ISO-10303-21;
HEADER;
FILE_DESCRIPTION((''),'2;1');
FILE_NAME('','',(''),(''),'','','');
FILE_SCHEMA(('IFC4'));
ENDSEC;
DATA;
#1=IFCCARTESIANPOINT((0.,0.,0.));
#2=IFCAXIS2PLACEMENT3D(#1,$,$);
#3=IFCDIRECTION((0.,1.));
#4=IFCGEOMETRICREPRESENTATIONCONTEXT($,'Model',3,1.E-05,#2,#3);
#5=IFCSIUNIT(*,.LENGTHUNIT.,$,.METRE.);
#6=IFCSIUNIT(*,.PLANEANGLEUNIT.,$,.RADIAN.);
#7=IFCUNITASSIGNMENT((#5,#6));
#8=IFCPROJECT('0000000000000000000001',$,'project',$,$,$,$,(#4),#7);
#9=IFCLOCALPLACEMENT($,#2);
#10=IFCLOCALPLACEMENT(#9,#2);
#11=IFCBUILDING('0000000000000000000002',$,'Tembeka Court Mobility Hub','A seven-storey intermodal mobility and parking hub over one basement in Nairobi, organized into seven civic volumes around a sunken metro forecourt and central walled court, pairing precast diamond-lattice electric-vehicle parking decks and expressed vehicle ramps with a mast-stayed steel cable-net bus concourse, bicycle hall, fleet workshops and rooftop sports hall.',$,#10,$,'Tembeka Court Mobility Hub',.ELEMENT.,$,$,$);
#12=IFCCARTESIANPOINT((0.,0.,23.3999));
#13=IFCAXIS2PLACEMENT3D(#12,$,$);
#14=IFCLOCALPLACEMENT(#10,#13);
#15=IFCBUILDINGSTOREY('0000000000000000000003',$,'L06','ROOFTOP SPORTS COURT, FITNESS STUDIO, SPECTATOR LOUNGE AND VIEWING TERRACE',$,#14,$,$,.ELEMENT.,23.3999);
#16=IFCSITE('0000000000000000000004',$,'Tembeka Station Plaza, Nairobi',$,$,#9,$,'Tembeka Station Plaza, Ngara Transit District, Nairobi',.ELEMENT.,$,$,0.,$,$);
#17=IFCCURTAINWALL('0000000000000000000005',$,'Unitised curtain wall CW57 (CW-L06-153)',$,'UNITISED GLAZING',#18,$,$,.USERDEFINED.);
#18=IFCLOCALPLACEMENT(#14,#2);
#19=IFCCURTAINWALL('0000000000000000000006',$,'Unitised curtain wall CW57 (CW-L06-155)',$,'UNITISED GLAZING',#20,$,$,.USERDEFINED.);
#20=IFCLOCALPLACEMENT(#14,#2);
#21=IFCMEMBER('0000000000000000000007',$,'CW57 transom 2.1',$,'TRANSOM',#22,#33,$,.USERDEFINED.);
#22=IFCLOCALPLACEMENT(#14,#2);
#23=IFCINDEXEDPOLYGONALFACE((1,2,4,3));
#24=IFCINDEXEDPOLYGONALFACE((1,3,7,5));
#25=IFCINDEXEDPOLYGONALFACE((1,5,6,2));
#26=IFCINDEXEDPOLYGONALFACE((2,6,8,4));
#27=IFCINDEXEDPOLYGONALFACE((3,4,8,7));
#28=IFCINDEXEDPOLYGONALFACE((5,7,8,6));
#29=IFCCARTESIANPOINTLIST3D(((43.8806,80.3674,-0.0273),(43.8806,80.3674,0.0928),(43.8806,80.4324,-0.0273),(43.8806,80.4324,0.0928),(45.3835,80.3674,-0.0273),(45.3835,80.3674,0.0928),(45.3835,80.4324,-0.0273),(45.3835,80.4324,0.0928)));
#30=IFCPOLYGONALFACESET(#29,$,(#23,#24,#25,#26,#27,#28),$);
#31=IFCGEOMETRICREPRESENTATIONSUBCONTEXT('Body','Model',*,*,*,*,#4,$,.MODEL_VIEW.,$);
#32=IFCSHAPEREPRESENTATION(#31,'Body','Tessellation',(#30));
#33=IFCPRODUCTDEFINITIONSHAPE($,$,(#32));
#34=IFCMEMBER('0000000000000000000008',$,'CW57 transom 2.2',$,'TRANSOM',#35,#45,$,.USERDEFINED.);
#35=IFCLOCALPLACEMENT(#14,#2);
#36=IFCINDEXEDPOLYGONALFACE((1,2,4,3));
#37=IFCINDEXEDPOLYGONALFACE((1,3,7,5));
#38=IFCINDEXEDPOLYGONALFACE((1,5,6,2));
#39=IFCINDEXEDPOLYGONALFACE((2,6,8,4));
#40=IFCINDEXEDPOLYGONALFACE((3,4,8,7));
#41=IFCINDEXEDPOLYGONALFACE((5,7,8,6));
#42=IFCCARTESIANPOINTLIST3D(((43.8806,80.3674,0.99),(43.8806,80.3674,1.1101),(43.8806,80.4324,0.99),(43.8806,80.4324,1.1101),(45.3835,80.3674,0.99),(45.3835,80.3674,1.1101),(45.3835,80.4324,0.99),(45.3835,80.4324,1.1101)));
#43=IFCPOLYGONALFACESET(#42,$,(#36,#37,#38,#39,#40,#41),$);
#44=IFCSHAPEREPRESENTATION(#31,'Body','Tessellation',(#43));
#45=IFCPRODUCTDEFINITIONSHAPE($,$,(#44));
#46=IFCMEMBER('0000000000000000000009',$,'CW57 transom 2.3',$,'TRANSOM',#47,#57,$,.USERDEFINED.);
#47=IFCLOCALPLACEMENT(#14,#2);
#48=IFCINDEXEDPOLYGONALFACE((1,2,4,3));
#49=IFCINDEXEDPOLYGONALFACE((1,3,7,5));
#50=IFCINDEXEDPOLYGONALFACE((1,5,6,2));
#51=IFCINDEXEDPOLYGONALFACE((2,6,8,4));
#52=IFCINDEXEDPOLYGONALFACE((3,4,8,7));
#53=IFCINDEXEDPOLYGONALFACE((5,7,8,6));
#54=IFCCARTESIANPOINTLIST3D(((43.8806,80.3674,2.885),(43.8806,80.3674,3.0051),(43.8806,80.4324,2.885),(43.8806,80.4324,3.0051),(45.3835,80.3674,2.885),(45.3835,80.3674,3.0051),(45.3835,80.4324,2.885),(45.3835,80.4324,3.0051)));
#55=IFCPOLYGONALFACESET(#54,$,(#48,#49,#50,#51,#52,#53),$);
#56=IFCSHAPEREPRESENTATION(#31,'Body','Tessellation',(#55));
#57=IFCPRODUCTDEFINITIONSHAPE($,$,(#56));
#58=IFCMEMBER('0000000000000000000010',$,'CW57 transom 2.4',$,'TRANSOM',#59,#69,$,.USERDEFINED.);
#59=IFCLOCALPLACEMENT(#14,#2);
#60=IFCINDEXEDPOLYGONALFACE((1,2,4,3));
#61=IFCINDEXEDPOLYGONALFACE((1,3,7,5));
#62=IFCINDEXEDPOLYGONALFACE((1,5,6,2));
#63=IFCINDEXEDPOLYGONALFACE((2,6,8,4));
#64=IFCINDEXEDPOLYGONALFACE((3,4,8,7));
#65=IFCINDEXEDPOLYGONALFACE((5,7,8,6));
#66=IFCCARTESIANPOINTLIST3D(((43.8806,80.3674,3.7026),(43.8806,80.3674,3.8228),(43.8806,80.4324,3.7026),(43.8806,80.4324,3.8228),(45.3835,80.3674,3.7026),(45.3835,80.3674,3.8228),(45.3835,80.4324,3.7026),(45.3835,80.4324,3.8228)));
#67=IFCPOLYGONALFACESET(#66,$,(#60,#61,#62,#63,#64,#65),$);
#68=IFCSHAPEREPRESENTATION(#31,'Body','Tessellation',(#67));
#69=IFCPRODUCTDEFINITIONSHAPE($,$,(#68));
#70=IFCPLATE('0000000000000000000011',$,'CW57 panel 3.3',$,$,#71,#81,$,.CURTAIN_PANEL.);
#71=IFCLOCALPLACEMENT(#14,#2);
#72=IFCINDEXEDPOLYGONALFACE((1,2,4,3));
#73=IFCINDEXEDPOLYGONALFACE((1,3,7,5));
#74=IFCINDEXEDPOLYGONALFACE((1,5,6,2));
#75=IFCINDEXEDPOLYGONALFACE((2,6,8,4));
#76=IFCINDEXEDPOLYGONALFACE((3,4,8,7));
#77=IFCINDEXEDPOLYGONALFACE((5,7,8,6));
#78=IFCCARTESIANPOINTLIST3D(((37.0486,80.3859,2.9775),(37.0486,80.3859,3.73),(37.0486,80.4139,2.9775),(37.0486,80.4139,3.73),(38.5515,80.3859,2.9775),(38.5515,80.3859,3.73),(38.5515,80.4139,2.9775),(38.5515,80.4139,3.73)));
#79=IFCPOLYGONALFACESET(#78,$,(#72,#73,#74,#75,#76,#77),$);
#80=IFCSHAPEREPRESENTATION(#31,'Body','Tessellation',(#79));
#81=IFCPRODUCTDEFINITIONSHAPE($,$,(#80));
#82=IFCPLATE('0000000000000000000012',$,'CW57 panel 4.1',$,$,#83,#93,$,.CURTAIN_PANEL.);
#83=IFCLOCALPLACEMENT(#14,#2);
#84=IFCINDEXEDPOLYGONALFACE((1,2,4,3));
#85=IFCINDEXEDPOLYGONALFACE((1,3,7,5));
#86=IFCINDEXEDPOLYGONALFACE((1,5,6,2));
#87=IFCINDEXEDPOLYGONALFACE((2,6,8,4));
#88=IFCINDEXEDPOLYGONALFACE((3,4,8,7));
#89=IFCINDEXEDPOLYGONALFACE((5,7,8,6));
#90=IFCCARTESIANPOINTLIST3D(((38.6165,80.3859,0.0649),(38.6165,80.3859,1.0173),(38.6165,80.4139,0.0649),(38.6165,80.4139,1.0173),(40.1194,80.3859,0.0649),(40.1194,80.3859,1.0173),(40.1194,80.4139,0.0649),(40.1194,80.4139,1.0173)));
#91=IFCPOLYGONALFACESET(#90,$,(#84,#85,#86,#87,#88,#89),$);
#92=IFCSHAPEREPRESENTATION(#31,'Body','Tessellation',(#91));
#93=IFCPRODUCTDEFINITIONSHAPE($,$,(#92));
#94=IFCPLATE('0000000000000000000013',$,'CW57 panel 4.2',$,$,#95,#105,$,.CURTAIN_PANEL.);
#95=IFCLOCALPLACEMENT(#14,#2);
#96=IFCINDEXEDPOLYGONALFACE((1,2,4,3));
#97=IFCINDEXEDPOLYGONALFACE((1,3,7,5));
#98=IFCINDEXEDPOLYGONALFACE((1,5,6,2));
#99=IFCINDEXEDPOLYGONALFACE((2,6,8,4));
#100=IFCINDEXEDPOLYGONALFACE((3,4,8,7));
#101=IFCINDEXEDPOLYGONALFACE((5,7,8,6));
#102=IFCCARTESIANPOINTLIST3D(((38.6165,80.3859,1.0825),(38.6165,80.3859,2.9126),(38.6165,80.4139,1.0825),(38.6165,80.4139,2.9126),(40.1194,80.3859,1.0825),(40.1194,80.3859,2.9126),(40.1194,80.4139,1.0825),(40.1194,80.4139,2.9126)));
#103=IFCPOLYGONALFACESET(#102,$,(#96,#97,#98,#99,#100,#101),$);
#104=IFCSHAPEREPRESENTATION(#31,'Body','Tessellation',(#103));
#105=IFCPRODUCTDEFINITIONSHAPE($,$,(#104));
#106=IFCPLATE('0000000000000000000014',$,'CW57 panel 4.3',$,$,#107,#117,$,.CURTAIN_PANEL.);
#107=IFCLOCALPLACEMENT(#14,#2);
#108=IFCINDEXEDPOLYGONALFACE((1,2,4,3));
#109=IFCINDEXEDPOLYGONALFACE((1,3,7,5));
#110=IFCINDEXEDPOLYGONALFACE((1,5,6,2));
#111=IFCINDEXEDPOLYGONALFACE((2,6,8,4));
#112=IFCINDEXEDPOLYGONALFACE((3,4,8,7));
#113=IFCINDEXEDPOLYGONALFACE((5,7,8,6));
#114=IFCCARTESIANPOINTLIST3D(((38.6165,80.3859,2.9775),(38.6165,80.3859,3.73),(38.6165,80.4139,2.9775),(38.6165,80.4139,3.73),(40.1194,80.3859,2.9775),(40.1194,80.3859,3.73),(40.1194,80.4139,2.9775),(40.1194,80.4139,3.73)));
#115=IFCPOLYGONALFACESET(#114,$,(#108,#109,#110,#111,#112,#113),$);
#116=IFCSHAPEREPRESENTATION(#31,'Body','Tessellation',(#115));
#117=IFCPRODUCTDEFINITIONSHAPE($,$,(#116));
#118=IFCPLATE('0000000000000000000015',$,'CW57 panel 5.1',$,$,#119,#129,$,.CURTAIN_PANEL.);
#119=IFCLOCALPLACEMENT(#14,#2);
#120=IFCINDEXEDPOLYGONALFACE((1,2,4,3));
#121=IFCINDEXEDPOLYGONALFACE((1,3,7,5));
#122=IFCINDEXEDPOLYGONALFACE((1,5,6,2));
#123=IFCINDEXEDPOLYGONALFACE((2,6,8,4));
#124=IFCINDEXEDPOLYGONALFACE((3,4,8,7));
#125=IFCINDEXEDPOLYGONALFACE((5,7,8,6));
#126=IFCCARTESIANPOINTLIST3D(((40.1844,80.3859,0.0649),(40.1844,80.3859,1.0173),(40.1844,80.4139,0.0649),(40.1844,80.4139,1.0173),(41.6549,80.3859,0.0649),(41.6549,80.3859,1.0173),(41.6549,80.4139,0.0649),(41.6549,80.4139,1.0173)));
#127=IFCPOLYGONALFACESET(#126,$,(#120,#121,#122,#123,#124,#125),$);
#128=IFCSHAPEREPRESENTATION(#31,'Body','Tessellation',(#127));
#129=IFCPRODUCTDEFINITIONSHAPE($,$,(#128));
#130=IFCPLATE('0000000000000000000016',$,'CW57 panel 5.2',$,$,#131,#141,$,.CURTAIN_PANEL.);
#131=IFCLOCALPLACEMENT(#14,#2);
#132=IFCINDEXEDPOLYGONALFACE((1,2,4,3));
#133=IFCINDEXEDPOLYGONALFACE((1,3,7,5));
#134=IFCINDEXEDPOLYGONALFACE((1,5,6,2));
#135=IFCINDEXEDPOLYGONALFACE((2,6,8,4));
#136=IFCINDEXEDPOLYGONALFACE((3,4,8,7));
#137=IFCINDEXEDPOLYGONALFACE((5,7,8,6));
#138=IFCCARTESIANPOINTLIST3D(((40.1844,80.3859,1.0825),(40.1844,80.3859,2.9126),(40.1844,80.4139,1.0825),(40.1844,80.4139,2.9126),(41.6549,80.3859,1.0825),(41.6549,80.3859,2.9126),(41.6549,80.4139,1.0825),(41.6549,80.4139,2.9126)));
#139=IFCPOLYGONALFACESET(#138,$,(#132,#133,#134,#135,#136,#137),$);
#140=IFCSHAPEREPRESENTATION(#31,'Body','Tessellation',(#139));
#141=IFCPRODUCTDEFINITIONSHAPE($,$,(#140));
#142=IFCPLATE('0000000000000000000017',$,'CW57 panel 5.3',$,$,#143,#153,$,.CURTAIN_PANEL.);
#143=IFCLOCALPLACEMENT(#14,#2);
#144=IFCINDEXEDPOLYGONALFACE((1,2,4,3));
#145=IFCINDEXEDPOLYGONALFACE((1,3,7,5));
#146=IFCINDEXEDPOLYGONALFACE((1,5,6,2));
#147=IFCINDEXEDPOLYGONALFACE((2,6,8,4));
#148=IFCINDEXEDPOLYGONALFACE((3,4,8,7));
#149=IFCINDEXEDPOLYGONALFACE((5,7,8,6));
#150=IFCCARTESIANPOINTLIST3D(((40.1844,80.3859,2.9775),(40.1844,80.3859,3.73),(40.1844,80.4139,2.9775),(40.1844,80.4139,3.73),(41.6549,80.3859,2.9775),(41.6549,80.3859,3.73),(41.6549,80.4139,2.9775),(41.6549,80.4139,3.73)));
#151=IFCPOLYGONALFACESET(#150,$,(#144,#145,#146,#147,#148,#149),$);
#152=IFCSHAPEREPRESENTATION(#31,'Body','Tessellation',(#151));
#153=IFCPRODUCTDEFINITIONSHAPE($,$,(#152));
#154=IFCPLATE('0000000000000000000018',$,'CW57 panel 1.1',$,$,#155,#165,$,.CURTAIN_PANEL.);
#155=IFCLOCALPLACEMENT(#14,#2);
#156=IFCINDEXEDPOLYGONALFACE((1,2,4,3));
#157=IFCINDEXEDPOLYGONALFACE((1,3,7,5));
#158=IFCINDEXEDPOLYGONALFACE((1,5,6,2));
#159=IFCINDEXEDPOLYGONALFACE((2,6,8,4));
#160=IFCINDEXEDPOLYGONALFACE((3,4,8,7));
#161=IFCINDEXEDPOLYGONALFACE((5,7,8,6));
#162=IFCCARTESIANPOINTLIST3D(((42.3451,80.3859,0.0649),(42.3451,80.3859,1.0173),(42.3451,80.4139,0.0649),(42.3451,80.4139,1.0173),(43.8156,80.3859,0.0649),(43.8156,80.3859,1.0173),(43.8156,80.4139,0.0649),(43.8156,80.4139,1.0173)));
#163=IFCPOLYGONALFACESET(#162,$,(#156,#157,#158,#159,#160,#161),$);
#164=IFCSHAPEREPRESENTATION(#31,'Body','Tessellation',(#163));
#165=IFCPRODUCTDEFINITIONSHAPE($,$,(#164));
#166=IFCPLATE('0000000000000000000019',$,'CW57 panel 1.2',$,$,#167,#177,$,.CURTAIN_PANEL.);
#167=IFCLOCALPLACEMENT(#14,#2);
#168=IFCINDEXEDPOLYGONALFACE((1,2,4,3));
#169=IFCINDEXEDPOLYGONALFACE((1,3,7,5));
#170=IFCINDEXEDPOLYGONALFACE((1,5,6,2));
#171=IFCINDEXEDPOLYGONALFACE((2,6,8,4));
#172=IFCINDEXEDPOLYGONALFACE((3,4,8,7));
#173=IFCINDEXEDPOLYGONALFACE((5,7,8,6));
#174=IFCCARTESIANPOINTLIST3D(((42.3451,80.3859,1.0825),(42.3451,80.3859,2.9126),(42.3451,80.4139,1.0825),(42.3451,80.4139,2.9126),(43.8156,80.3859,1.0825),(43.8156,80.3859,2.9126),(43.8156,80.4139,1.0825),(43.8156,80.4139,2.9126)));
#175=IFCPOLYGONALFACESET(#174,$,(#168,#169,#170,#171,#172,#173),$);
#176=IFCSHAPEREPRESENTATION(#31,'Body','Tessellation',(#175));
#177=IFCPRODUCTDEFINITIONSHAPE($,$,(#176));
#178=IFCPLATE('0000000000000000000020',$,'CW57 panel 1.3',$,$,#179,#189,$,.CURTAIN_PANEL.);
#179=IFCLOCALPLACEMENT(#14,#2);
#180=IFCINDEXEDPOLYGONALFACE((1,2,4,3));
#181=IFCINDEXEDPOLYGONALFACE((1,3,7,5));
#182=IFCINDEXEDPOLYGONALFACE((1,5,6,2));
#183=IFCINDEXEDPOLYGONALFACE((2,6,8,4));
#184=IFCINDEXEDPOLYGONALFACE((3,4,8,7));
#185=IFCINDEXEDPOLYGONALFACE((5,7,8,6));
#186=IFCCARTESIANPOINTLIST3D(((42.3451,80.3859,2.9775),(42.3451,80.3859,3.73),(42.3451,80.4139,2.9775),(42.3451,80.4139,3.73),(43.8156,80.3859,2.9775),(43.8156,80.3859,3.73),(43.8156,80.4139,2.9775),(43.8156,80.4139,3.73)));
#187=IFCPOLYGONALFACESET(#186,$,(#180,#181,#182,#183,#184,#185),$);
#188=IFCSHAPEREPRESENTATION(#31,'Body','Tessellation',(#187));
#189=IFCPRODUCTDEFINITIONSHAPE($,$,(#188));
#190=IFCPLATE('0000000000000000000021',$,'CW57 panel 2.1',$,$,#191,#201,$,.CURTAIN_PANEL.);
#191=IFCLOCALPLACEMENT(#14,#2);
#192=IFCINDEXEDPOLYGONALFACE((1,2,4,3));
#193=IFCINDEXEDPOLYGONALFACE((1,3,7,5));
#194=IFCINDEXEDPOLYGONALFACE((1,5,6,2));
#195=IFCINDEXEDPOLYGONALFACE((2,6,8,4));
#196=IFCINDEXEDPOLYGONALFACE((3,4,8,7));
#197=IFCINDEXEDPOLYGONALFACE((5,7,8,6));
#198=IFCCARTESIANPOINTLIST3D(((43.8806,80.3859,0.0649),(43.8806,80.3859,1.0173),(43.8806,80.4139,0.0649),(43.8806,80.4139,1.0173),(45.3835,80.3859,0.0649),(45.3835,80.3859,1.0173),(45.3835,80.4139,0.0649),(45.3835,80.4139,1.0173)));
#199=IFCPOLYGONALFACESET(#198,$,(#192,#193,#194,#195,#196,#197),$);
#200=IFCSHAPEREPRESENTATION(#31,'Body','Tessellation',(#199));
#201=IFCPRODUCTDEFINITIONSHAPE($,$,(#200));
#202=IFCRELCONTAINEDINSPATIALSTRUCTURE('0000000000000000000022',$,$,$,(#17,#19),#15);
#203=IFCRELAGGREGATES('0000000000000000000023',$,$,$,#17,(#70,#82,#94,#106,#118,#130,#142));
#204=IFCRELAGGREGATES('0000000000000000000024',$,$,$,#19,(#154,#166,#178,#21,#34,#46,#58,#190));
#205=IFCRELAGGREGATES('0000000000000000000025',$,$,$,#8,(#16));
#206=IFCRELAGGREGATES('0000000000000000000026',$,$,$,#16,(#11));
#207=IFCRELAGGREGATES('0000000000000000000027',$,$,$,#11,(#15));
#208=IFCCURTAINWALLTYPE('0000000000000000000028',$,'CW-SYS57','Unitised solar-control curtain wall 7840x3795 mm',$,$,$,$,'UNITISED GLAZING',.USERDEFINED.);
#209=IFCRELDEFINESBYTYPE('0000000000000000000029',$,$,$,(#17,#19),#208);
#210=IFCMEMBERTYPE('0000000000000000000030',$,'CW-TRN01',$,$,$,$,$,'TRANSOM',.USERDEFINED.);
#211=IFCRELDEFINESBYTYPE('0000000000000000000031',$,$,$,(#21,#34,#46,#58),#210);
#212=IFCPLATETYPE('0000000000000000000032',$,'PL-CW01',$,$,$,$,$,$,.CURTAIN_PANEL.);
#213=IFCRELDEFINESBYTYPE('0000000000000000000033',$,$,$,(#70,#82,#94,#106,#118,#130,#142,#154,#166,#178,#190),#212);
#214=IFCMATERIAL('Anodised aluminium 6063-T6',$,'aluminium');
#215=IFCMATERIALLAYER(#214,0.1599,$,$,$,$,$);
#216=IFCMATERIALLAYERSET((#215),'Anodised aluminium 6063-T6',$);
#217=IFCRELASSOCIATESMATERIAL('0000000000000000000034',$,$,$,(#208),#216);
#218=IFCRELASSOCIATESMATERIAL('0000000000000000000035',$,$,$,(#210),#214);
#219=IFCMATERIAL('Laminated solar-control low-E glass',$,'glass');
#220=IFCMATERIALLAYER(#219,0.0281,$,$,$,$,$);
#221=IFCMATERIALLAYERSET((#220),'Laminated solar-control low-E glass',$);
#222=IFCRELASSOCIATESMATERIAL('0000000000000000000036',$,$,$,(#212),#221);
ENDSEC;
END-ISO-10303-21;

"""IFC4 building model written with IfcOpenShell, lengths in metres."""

from ifc_helpers import new_model, si_unit, direction, frame, origin, origin_2d, place, context, subcontext, project, spatial, rectangle, extrude, material, layer, layer_set, material_profile, profile_set, type_object, element, aggregate, save


model = new_model("IFC4")

# Units and contexts
model_context = context("Model", 3, precision=1e-05, world=origin(), true_north=direction((0.0, 1.0)))
body_context = subcontext(model_context, "Body", "Model", "MODEL_VIEW")
ifc_project = project(units=[si_unit("LENGTHUNIT", "METRE"), si_unit("PLANEANGLEUNIT", "RADIAN")], contexts=[model_context])

# Site, building, storey
site_placement = place(None, origin())
site = spatial("IfcSite", under=ifc_project, at=site_placement, Name="Tembeka Station Plaza, Nairobi", LongName="Tembeka Station Plaza, Ngara Transit District, Nairobi", CompositionType="ELEMENT", RefElevation=0.0)
building_placement = place(site_placement, origin())
building = spatial("IfcBuilding", under=site, at=building_placement, Name="Tembeka Court Mobility Hub", Description="A seven-storey intermodal mobility and parking hub over one basement in Nairobi, organized into seven civic volumes around a sunken metro forecourt and central walled court, pairing precast diamond-lattice electric-vehicle parking decks and expressed vehicle ramps with a mast-stayed steel cable-net bus concourse, bicycle hall, fleet workshops and rooftop sports hall.", LongName="Tembeka Court Mobility Hub", CompositionType="ELEMENT")
storey_placement = place(building_placement, frame((0.0, 0.0, 23.3999)))
storey = spatial("IfcBuildingStorey", under=building, at=storey_placement, Name="L06", Description="ROOFTOP SPORTS COURT, FITNESS STUDIO, SPECTATOR LOUNGE AND VIEWING TERRACE", CompositionType="ELEMENT", Elevation=23.3999)

# Curtain walls
ifc_material_1 = material(Name="Anodised aluminium 6063-T6", Category="aluminium")
ifc_layer_1 = layer(ifc_material_1, 0.1599)
ifc_layer_set_1 = layer_set([ifc_layer_1], Name="Anodised aluminium 6063-T6")
curtain_wall_type = type_object("IfcCurtainWallType", Name="CW-SYS57", Description="Unitised solar-control curtain wall 7840x3795 mm", ElementType="UNITISED GLAZING", PredefinedType="USERDEFINED", material=ifc_layer_set_1)
curtain_wall_1_placement = place(storey_placement, origin())
curtain_wall_1 = element("IfcCurtainWall", 1, at=curtain_wall_1_placement, inside=storey, type_object=curtain_wall_type, Name="Unitised curtain wall CW57 (CW-L06-153)", ObjectType="UNITISED GLAZING", PredefinedType="USERDEFINED")
curtain_wall_2_placement = place(storey_placement, origin())
curtain_wall_2 = element("IfcCurtainWall", 2, at=curtain_wall_2_placement, inside=storey, type_object=curtain_wall_type, Name="Unitised curtain wall CW57 (CW-L06-155)", ObjectType="UNITISED GLAZING", PredefinedType="USERDEFINED")

# Members
ifc_material_profile_1 = material_profile(ifc_material_1, rectangle(XDim=0.0649, YDim=0.1201, at=origin_2d()), Name="ALU-TRN 65x120")
ifc_profile_set_1 = profile_set([ifc_material_profile_1], Name="Anodised aluminium 6063-T6")
member_type_1 = type_object("IfcMemberType", Name="CW-TRN01", ElementType="TRANSOM", PredefinedType="USERDEFINED", material=ifc_profile_set_1)
member_1_placement = place(storey_placement, frame((43.8806, 80.3999, 0.0327), z_axis=(1.0, 0.0, 0.0), x_axis=(0.0, 1.0, 0.0)))
member_1 = element("IfcMember", 3, at=member_1_placement, type_object=member_type_1, Name="CW57 transom 2.1", ObjectType="TRANSOM", PredefinedType="USERDEFINED", context=body_context, shape_type="SweptSolid", body=[
    extrude(rectangle(XDim=0.0649, YDim=0.1201, at=origin_2d()), origin(), (0.0, 0.0, 1.0), 1.5029),
])
member_2_placement = place(storey_placement, frame((43.8806, 80.3999, 1.05), z_axis=(1.0, 0.0, 0.0), x_axis=(0.0, 1.0, 0.0)))
member_2 = element("IfcMember", 4, at=member_2_placement, type_object=member_type_1, Name="CW57 transom 2.2", ObjectType="TRANSOM", PredefinedType="USERDEFINED", context=body_context, shape_type="SweptSolid", body=[
    extrude(rectangle(XDim=0.0649, YDim=0.1201, at=origin_2d()), origin(), (0.0, 0.0, 1.0), 1.5029),
])
member_3_placement = place(storey_placement, frame((43.8806, 80.3999, 2.9451), z_axis=(1.0, 0.0, 0.0), x_axis=(0.0, 1.0, 0.0)))
member_3 = element("IfcMember", 5, at=member_3_placement, type_object=member_type_1, Name="CW57 transom 2.3", ObjectType="TRANSOM", PredefinedType="USERDEFINED", context=body_context, shape_type="SweptSolid", body=[
    extrude(rectangle(XDim=0.0649, YDim=0.1201, at=origin_2d()), origin(), (0.0, 0.0, 1.0), 1.5029),
])
member_4_placement = place(storey_placement, frame((43.8806, 80.3999, 3.7627), z_axis=(1.0, 0.0, 0.0), x_axis=(0.0, 1.0, 0.0)))
member_4 = element("IfcMember", 6, at=member_4_placement, type_object=member_type_1, Name="CW57 transom 2.4", ObjectType="TRANSOM", PredefinedType="USERDEFINED", context=body_context, shape_type="SweptSolid", body=[
    extrude(rectangle(XDim=0.0649, YDim=0.1201, at=origin_2d()), origin(), (0.0, 0.0, 1.0), 1.5029),
])

# Plates
ifc_material_2 = material(Name="Laminated solar-control low-E glass", Category="glass")
ifc_layer_2 = layer(ifc_material_2, 0.0281)
ifc_layer_set_2 = layer_set([ifc_layer_2], Name="Laminated solar-control low-E glass")
plate_type = type_object("IfcPlateType", Name="PL-CW01", PredefinedType="CURTAIN_PANEL", material=ifc_layer_set_2)
plate_1_placement = place(storey_placement, frame((37.8, 80.3999, 2.9775), z_axis=(0.0, 0.0, 1.0), x_axis=(1.0, 0.0, 0.0)))
plate_1 = element("IfcPlate", 7, at=plate_1_placement, type_object=plate_type, Name="CW57 panel 3.3", PredefinedType="CURTAIN_PANEL", context=body_context, shape_type="SweptSolid", body=[
    extrude(rectangle(XDim=1.5029, YDim=0.0281, at=origin_2d()), origin(), (0.0, 0.0, 1.0), 0.7524),
])
plate_2_placement = place(storey_placement, frame((39.3679, 80.3999, 0.0649), z_axis=(0.0, 0.0, 1.0), x_axis=(1.0, 0.0, 0.0)))
plate_2 = element("IfcPlate", 8, at=plate_2_placement, type_object=plate_type, Name="CW57 panel 4.1", PredefinedType="CURTAIN_PANEL", context=body_context, shape_type="SweptSolid", body=[
    extrude(rectangle(XDim=1.5029, YDim=0.0281, at=origin_2d()), origin(), (0.0, 0.0, 1.0), 0.9524),
])
plate_3_placement = place(storey_placement, frame((39.3679, 80.3999, 1.0825), z_axis=(0.0, 0.0, 1.0), x_axis=(1.0, 0.0, 0.0)))
plate_3 = element("IfcPlate", 9, at=plate_3_placement, type_object=plate_type, Name="CW57 panel 4.2", PredefinedType="CURTAIN_PANEL", context=body_context, shape_type="SweptSolid", body=[
    extrude(rectangle(XDim=1.5029, YDim=0.0281, at=origin_2d()), origin(), (0.0, 0.0, 1.0), 1.8301),
])
plate_4_placement = place(storey_placement, frame((39.3679, 80.3999, 2.9775), z_axis=(0.0, 0.0, 1.0), x_axis=(1.0, 0.0, 0.0)))
plate_4 = element("IfcPlate", 10, at=plate_4_placement, type_object=plate_type, Name="CW57 panel 4.3", PredefinedType="CURTAIN_PANEL", context=body_context, shape_type="SweptSolid", body=[
    extrude(rectangle(XDim=1.5029, YDim=0.0281, at=origin_2d()), origin(), (0.0, 0.0, 1.0), 0.7524),
])
plate_5_placement = place(storey_placement, frame((40.9197, 80.3999, 0.0649), z_axis=(0.0, 0.0, 1.0), x_axis=(1.0, 0.0, 0.0)))
plate_5 = element("IfcPlate", 11, at=plate_5_placement, type_object=plate_type, Name="CW57 panel 5.1", PredefinedType="CURTAIN_PANEL", context=body_context, shape_type="SweptSolid", body=[
    extrude(rectangle(XDim=1.4705, YDim=0.0281, at=origin_2d()), origin(), (0.0, 0.0, 1.0), 0.9524),
])
plate_6_placement = place(storey_placement, frame((40.9197, 80.3999, 1.0825), z_axis=(0.0, 0.0, 1.0), x_axis=(1.0, 0.0, 0.0)))
plate_6 = element("IfcPlate", 12, at=plate_6_placement, type_object=plate_type, Name="CW57 panel 5.2", PredefinedType="CURTAIN_PANEL", context=body_context, shape_type="SweptSolid", body=[
    extrude(rectangle(XDim=1.4705, YDim=0.0281, at=origin_2d()), origin(), (0.0, 0.0, 1.0), 1.8301),
])
plate_7_placement = place(storey_placement, frame((40.9197, 80.3999, 2.9775), z_axis=(0.0, 0.0, 1.0), x_axis=(1.0, 0.0, 0.0)))
plate_7 = element("IfcPlate", 13, at=plate_7_placement, type_object=plate_type, Name="CW57 panel 5.3", PredefinedType="CURTAIN_PANEL", context=body_context, shape_type="SweptSolid", body=[
    extrude(rectangle(XDim=1.4705, YDim=0.0281, at=origin_2d()), origin(), (0.0, 0.0, 1.0), 0.7524),
])
aggregate(curtain_wall_1, [plate_1, plate_2, plate_3, plate_4, plate_5, plate_6, plate_7])
plate_8_placement = place(storey_placement, frame((43.0803, 80.3999, 0.0649), z_axis=(0.0, 0.0, 1.0), x_axis=(1.0, 0.0, 0.0)))
plate_8 = element("IfcPlate", 14, at=plate_8_placement, type_object=plate_type, Name="CW57 panel 1.1", PredefinedType="CURTAIN_PANEL", context=body_context, shape_type="SweptSolid", body=[
    extrude(rectangle(XDim=1.4705, YDim=0.0281, at=origin_2d()), origin(), (0.0, 0.0, 1.0), 0.9524),
])
plate_9_placement = place(storey_placement, frame((43.0803, 80.3999, 1.0825), z_axis=(0.0, 0.0, 1.0), x_axis=(1.0, 0.0, 0.0)))
plate_9 = element("IfcPlate", 15, at=plate_9_placement, type_object=plate_type, Name="CW57 panel 1.2", PredefinedType="CURTAIN_PANEL", context=body_context, shape_type="SweptSolid", body=[
    extrude(rectangle(XDim=1.4705, YDim=0.0281, at=origin_2d()), origin(), (0.0, 0.0, 1.0), 1.8301),
])
plate_10_placement = place(storey_placement, frame((43.0803, 80.3999, 2.9775), z_axis=(0.0, 0.0, 1.0), x_axis=(1.0, 0.0, 0.0)))
plate_10 = element("IfcPlate", 16, at=plate_10_placement, type_object=plate_type, Name="CW57 panel 1.3", PredefinedType="CURTAIN_PANEL", context=body_context, shape_type="SweptSolid", body=[
    extrude(rectangle(XDim=1.4705, YDim=0.0281, at=origin_2d()), origin(), (0.0, 0.0, 1.0), 0.7524),
])
plate_11_placement = place(storey_placement, frame((44.6321, 80.3999, 0.0649), z_axis=(0.0, 0.0, 1.0), x_axis=(1.0, 0.0, 0.0)))
plate_11 = element("IfcPlate", 17, at=plate_11_placement, type_object=plate_type, Name="CW57 panel 2.1", PredefinedType="CURTAIN_PANEL", context=body_context, shape_type="SweptSolid", body=[
    extrude(rectangle(XDim=1.5029, YDim=0.0281, at=origin_2d()), origin(), (0.0, 0.0, 1.0), 0.9524),
])
aggregate(curtain_wall_2, [plate_8, plate_9, plate_10, member_1, member_2, member_3, member_4, plate_11])

save(model, "model.ifc")
